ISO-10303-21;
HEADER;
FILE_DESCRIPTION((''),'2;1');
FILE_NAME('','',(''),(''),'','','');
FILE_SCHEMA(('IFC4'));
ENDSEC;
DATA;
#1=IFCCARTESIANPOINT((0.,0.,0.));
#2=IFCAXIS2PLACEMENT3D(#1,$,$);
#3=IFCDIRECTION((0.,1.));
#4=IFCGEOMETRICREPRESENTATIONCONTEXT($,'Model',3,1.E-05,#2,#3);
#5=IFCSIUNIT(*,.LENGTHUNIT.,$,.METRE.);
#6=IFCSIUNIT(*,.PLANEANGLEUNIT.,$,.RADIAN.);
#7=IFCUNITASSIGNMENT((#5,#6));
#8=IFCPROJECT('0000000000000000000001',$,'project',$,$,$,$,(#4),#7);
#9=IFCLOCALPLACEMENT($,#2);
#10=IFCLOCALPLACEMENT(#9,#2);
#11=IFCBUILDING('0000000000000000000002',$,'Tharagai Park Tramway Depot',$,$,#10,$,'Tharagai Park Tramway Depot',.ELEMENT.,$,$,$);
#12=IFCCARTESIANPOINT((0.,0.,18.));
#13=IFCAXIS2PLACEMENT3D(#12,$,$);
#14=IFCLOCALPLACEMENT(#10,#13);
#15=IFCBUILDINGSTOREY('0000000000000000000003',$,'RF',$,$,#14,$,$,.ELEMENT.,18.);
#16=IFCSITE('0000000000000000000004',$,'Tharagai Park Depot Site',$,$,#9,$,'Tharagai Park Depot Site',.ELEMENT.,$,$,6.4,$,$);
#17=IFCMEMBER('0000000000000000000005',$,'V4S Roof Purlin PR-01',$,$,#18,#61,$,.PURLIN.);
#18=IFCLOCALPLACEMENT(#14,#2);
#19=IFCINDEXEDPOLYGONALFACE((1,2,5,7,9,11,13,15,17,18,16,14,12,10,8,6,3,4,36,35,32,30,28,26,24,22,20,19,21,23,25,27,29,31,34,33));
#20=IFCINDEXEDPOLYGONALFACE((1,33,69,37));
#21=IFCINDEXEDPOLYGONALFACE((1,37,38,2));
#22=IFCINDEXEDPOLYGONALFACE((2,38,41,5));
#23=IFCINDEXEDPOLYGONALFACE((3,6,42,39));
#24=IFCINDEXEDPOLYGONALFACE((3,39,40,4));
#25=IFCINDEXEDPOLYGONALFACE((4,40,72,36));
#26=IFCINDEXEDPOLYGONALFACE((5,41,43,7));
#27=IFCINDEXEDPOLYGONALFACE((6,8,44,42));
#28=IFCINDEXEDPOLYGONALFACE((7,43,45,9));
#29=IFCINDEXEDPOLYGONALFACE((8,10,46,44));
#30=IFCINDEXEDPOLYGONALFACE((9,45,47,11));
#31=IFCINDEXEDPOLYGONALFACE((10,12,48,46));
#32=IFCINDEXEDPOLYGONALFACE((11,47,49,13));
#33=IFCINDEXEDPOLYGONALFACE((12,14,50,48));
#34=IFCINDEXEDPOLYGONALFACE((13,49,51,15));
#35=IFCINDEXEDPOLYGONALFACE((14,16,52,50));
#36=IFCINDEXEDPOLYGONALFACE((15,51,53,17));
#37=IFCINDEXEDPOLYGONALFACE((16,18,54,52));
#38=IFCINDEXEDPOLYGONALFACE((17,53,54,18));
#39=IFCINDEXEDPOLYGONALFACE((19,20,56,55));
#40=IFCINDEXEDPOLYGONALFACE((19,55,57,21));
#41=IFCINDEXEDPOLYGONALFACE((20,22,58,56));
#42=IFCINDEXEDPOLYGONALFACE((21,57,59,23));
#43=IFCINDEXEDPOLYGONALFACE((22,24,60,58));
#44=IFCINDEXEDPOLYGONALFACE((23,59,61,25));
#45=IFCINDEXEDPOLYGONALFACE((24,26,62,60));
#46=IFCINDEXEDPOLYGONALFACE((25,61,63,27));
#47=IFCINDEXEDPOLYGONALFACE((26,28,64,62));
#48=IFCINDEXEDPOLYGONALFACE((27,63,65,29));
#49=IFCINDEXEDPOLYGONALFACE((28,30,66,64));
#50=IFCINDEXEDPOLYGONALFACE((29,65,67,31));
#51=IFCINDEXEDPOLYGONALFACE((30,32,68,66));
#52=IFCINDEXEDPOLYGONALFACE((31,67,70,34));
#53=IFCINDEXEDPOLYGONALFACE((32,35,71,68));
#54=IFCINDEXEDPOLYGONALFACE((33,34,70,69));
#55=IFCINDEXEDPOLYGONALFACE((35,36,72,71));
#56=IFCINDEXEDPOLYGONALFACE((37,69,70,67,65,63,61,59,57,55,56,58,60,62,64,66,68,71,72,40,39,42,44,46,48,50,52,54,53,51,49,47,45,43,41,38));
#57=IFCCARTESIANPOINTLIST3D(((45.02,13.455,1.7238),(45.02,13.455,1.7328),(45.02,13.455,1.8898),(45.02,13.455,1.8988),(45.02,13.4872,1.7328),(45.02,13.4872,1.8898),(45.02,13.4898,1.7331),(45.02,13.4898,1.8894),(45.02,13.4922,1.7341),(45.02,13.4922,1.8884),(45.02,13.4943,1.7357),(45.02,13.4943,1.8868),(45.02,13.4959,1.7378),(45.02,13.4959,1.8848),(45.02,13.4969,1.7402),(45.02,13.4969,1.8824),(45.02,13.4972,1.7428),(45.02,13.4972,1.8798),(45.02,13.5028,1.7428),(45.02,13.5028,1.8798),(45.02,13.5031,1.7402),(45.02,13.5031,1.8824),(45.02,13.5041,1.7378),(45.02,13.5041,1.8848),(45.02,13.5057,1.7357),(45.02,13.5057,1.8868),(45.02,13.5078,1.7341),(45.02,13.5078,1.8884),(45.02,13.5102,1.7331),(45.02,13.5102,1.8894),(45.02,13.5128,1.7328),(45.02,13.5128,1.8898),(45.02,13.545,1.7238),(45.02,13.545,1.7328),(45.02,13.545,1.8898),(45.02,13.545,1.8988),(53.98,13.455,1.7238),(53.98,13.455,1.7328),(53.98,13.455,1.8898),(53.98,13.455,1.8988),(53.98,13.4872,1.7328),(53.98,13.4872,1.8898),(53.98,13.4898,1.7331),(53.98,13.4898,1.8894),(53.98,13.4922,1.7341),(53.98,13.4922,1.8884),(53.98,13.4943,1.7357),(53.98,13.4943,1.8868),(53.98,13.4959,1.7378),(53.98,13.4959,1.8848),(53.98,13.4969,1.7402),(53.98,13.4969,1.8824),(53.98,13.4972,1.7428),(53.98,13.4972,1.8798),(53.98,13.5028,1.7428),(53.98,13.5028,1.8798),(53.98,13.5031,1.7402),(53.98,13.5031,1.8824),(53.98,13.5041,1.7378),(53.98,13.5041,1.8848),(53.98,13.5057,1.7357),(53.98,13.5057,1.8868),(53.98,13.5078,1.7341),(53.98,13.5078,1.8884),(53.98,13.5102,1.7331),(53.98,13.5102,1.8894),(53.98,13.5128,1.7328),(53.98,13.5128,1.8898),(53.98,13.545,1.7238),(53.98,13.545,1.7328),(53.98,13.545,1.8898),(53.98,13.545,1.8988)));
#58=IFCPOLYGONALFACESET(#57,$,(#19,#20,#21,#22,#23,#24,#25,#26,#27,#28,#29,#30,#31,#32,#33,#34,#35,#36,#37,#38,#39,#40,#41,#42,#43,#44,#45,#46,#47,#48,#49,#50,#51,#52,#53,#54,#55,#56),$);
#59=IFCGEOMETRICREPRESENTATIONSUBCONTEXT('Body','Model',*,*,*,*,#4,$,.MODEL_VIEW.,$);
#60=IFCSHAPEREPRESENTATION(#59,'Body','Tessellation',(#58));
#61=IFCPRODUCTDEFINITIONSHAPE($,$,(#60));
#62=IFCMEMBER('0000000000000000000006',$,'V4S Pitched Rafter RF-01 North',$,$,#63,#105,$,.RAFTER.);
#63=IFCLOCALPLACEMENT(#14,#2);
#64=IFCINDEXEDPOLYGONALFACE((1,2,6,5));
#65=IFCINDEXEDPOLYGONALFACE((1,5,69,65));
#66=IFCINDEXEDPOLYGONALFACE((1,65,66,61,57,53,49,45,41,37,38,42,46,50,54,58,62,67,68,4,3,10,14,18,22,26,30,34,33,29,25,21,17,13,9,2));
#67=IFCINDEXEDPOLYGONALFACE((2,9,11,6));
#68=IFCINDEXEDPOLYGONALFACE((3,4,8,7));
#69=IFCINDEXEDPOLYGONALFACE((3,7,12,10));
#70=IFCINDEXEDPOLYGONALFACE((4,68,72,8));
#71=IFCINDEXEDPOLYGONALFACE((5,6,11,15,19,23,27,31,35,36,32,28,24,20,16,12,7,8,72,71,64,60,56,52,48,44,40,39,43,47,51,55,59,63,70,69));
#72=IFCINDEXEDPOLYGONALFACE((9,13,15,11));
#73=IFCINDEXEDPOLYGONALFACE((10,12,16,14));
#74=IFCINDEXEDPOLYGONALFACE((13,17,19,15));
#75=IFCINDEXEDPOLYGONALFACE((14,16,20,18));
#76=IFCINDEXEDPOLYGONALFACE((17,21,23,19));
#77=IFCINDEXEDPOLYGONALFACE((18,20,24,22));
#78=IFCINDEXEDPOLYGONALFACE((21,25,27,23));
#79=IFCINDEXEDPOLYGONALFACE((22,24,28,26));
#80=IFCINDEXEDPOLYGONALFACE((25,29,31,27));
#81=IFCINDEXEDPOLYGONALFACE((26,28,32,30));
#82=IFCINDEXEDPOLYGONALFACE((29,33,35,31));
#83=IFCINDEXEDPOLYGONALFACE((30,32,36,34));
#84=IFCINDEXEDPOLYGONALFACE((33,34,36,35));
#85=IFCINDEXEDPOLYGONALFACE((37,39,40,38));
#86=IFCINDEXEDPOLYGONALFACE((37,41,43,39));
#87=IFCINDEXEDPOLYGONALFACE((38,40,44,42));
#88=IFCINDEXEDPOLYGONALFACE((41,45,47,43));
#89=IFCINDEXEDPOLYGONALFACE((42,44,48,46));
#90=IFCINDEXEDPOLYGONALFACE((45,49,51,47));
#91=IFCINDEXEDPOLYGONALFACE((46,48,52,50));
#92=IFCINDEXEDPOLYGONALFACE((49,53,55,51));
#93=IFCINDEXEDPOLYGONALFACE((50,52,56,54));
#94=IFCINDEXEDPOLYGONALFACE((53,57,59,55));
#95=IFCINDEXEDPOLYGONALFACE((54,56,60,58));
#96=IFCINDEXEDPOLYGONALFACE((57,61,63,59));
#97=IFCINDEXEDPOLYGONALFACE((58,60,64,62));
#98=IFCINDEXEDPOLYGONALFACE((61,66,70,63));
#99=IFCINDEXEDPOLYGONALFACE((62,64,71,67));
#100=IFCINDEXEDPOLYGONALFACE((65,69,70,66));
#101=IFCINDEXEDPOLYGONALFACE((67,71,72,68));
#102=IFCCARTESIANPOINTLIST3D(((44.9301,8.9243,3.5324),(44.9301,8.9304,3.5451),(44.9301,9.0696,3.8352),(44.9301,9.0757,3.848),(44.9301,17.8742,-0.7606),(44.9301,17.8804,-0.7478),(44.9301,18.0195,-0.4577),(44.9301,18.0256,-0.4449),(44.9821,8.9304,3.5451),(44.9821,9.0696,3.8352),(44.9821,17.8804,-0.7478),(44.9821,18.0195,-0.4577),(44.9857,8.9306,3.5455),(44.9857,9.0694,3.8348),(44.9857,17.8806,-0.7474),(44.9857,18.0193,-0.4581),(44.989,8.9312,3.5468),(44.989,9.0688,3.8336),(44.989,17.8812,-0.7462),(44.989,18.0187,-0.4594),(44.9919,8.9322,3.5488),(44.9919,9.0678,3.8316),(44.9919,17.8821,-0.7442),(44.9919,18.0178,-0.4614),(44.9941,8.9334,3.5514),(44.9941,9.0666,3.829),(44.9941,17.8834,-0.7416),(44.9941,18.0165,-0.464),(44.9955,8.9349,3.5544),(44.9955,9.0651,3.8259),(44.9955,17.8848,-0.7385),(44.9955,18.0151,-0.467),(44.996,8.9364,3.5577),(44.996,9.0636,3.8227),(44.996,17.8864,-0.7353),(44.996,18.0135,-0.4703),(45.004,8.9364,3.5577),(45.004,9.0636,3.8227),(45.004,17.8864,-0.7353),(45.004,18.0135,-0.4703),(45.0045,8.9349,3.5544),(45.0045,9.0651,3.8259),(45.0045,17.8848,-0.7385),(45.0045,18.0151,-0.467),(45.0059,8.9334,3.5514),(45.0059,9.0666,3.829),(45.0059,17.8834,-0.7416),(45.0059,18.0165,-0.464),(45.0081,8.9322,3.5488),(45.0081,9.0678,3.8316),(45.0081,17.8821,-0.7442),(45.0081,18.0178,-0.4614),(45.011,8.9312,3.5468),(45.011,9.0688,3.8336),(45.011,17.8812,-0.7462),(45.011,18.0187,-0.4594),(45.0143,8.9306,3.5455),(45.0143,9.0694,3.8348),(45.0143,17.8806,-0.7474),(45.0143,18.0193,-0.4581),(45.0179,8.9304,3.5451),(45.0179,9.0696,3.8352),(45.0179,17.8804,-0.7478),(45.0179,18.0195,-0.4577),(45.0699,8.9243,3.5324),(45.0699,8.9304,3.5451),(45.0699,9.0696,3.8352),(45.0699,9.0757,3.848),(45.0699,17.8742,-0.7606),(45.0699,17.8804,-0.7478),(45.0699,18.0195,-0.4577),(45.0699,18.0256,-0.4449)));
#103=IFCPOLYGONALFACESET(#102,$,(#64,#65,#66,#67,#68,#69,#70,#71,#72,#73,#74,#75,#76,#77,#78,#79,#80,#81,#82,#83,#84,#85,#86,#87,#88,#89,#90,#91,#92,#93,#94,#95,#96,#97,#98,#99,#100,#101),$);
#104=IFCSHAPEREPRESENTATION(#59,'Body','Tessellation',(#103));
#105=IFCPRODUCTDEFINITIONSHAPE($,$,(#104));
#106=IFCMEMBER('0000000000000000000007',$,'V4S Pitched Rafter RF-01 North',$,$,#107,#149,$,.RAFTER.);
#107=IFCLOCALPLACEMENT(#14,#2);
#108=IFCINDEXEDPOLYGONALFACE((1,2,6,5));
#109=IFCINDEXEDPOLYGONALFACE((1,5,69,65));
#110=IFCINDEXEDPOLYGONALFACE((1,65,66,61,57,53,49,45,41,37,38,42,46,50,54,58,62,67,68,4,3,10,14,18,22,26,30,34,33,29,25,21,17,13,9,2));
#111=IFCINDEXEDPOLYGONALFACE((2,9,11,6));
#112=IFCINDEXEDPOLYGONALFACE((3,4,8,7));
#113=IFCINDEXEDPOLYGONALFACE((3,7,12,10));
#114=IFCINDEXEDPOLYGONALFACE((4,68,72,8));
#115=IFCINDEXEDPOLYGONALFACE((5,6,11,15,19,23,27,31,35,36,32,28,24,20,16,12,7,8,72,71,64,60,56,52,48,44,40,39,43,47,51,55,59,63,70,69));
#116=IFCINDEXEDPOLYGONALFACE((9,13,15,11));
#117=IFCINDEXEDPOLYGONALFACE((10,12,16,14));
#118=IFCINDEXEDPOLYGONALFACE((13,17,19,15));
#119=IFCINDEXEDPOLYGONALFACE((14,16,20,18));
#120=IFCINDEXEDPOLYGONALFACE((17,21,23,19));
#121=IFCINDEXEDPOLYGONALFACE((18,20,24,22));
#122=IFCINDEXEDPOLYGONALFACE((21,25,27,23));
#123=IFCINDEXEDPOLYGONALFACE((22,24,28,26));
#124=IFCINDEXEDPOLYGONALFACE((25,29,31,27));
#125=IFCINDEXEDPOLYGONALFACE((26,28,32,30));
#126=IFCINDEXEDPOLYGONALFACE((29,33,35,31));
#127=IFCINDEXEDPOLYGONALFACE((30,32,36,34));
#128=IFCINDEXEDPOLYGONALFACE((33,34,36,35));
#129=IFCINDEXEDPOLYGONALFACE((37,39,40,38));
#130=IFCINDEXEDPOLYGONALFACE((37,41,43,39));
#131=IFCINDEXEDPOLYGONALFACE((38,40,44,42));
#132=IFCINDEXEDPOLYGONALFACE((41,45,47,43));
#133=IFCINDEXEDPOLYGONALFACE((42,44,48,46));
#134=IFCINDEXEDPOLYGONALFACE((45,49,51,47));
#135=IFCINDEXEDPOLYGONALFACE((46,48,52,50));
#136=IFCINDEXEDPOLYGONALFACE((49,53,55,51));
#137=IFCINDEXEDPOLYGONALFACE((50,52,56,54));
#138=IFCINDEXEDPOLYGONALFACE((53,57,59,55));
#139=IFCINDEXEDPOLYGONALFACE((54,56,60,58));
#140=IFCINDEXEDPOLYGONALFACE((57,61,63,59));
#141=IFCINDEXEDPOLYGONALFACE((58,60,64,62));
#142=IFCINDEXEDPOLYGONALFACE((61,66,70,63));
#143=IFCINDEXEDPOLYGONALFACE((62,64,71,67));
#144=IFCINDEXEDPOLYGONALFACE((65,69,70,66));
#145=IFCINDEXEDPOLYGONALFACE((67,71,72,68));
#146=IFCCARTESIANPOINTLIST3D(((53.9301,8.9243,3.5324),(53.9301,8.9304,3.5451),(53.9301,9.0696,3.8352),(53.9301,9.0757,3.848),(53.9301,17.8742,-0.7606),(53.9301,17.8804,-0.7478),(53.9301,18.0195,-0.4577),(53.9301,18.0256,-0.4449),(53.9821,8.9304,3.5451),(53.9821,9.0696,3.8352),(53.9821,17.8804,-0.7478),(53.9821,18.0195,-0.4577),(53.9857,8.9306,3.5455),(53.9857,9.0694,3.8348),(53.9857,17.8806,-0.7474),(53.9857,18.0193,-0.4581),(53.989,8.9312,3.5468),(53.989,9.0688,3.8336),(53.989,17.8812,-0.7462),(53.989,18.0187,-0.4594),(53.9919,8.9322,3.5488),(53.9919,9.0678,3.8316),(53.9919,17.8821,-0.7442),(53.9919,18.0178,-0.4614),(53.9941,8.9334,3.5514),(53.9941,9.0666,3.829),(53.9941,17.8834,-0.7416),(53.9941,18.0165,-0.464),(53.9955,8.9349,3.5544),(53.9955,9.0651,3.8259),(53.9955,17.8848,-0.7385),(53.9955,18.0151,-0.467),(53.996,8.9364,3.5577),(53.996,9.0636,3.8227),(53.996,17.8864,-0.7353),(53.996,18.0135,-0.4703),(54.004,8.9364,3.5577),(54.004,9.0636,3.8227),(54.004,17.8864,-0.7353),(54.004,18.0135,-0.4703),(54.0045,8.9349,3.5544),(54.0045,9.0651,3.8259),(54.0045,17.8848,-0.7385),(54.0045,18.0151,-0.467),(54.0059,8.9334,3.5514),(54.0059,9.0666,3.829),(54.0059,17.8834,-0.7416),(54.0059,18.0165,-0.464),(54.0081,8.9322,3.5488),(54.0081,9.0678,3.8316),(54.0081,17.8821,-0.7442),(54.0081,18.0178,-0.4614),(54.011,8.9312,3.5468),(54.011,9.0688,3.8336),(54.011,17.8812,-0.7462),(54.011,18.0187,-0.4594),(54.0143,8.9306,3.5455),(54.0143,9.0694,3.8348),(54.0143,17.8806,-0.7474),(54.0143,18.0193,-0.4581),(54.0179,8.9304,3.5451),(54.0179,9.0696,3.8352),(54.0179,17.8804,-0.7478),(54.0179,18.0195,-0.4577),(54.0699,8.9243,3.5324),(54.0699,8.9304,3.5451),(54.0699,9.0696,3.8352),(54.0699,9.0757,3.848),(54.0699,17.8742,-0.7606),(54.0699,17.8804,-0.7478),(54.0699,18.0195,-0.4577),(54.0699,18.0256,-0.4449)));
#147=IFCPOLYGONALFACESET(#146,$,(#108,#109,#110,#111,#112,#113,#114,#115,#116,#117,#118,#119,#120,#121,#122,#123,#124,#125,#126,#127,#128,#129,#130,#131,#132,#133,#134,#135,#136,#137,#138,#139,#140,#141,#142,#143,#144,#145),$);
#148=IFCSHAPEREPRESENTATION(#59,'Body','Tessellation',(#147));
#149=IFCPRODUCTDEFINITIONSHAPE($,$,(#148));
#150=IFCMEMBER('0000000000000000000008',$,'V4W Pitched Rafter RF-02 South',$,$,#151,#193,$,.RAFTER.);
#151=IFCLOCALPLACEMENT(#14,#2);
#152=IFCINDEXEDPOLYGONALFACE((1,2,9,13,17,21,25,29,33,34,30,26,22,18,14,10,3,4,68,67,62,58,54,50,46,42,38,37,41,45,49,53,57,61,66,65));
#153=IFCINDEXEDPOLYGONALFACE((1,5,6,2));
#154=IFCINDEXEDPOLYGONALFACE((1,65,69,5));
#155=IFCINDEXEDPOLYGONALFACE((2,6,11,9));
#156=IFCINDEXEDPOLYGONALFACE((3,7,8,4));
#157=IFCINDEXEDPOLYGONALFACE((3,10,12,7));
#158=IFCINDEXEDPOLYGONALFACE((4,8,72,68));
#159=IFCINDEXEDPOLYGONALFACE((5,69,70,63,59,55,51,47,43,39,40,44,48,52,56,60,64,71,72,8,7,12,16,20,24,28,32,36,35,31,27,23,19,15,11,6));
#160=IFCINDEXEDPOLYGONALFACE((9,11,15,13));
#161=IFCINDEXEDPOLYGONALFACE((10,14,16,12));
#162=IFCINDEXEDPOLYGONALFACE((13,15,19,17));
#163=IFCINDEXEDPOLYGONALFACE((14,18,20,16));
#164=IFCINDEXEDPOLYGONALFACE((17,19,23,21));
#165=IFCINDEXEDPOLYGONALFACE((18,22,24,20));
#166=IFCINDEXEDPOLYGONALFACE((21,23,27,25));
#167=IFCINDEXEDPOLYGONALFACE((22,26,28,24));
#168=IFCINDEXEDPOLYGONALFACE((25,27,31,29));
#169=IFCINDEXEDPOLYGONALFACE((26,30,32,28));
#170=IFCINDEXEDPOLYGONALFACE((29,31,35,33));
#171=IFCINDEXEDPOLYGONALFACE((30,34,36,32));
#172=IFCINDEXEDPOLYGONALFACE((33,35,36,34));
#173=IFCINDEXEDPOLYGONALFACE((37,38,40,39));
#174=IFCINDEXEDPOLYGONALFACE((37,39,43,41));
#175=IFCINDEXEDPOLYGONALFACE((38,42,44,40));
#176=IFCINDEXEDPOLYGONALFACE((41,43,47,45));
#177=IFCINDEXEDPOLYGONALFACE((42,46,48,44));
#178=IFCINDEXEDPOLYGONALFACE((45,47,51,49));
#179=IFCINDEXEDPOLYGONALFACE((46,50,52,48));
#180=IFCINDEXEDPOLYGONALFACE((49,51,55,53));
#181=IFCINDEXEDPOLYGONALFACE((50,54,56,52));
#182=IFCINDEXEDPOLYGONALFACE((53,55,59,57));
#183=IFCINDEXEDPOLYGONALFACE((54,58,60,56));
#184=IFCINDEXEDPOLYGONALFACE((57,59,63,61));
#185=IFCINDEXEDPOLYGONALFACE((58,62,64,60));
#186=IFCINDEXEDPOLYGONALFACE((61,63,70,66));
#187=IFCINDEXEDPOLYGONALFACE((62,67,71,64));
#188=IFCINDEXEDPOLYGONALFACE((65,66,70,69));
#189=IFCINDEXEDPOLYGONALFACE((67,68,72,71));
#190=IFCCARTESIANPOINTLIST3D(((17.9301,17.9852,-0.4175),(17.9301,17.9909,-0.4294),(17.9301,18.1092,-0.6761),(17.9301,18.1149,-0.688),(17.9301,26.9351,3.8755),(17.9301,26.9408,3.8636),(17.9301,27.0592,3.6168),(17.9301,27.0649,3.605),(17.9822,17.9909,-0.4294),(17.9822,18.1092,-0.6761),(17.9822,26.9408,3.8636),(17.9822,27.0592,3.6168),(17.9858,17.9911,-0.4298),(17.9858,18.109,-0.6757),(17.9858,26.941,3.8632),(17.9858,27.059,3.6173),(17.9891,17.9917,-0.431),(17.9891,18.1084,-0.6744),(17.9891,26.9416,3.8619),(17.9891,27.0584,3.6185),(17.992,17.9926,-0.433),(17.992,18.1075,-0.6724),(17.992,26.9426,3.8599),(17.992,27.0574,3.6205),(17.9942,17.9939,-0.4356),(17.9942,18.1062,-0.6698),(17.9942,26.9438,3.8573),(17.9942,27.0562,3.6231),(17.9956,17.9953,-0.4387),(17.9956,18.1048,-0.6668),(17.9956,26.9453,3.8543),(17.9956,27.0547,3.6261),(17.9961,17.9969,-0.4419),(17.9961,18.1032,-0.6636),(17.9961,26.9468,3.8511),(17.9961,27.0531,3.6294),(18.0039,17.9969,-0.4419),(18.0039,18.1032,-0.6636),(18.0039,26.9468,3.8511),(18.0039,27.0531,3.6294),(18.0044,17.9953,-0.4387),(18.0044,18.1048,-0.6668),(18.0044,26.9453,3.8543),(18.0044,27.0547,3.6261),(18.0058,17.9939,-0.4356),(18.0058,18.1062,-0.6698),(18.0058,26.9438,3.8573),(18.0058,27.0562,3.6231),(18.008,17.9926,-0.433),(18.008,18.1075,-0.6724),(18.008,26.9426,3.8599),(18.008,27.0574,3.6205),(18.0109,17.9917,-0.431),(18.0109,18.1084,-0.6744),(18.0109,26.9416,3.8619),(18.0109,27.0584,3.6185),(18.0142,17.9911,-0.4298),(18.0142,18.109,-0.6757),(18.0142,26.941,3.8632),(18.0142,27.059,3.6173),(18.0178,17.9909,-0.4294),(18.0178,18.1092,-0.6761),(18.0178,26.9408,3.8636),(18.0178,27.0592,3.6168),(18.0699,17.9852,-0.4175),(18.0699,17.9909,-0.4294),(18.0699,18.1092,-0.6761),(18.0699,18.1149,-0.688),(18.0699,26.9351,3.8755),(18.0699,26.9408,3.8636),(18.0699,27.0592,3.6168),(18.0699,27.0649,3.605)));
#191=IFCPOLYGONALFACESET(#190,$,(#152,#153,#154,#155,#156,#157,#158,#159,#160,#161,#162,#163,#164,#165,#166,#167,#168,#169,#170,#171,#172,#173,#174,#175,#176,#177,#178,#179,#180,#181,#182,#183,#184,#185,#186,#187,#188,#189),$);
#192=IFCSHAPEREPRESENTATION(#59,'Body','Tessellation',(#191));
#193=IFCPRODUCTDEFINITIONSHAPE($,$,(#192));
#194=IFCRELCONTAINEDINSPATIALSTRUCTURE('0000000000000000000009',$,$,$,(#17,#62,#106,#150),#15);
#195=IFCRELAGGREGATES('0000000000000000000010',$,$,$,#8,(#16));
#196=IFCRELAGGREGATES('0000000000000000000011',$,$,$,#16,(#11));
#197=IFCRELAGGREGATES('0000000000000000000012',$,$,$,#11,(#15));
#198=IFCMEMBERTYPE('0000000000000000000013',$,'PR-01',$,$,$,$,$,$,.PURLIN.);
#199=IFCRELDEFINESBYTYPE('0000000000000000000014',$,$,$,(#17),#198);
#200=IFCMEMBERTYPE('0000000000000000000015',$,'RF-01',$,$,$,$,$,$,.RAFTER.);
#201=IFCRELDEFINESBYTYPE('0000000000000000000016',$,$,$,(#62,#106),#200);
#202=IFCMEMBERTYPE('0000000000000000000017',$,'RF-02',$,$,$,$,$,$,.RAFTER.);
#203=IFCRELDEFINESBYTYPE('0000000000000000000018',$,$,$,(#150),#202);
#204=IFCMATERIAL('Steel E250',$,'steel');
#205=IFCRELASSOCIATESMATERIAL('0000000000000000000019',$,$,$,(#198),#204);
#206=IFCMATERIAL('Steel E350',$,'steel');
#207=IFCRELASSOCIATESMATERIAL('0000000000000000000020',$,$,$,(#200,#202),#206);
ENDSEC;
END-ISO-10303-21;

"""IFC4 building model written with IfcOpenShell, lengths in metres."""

from ifc_helpers import new_model, si_unit, direction, frame, origin, origin_2d, place, context, subcontext, project, spatial, i_section, extrude, material, material_profile, profile_set, type_object, element, save


model = new_model("IFC4")

# Units and contexts
model_context = context("Model", 3, precision=1e-05, world=origin(), true_north=direction((0.0, 1.0)))
body_context = subcontext(model_context, "Body", "Model", "MODEL_VIEW")
ifc_project = project(units=[si_unit("LENGTHUNIT", "METRE"), si_unit("PLANEANGLEUNIT", "RADIAN")], contexts=[model_context])

# Site, building, storey
site_placement = place(None, origin())
site = spatial("IfcSite", under=ifc_project, at=site_placement, Name="Tharagai Park Depot Site", LongName="Tharagai Park Depot Site", CompositionType="ELEMENT", RefElevation=6.4)
building_placement = place(site_placement, origin())
building = spatial("IfcBuilding", under=site, at=building_placement, Name="Tharagai Park Tramway Depot", LongName="Tharagai Park Tramway Depot", CompositionType="ELEMENT")
storey_placement = place(building_placement, frame((0.0, 0.0, 18.0)))
storey = spatial("IfcBuildingStorey", under=building, at=storey_placement, Name="RF", CompositionType="ELEMENT", Elevation=18.0)

# Shared definitions
ifc_material_1 = material(Name="Steel E350", Category="steel")

# Members
ifc_material_2 = material(Name="Steel E250", Category="steel")
ifc_material_profile_1 = material_profile(ifc_material_2, i_section(OverallWidth=0.0901, OverallDepth=0.175, WebThickness=0.0056, FlangeThickness=0.009, FilletRadius=0.01, at=origin_2d()), Name="ISMB 175")
ifc_profile_set_1 = profile_set([ifc_material_profile_1], Name="Steel E250")
member_type_1 = type_object("IfcMemberType", Name="PR-01", PredefinedType="PURLIN", material=ifc_profile_set_1)
for number, where, z_axis, x_axis, name in (
    (1, (45.02, 13.5, 1.8113), (1.0, 0.0, 0.0), (0.0, 1.0, 0.0), "V4S Roof Purlin PR-01"),
):
    element("IfcMember", number, at=place(storey_placement, frame(where, z_axis=z_axis, x_axis=x_axis)), inside=storey, type_object=member_type_1, Name=name, PredefinedType="PURLIN", context=body_context, shape_type="SweptSolid", body=[
        extrude(i_section(OverallWidth=0.0901, OverallDepth=0.175, WebThickness=0.0056, FlangeThickness=0.009, FilletRadius=0.01, at=origin_2d()), origin(), (0.0, 0.0, 1.0), 8.96),
    ])
ifc_material_profile_2 = material_profile(ifc_material_1, i_section(OverallWidth=0.1399, OverallDepth=0.3501, WebThickness=0.0081, FlangeThickness=0.0142, FilletRadius=0.0139, at=origin_2d()), Name="ISMB 350")
ifc_profile_set_2 = profile_set([ifc_material_profile_2], Name="Steel E350")
member_type_2 = type_object("IfcMemberType", Name="RF-01", PredefinedType="RAFTER", material=ifc_profile_set_2)
for number, where, z_axis, x_axis, name in (
    (2, (45.0, 9.0, 3.6902), (0.0, 0.901641, -0.432485), (-1.0, 0.0, 0.0), "V4S Pitched Rafter RF-01 North"),
    (3, (54.0, 9.0, 3.6902), (0.0, 0.901641, -0.432485), (-1.0, 0.0, 0.0), "V4S Pitched Rafter RF-01 North"),
):
    element("IfcMember", number, at=place(storey_placement, frame(where, z_axis=z_axis, x_axis=x_axis)), inside=storey, type_object=member_type_2, Name=name, PredefinedType="RAFTER", context=body_context, shape_type="SweptSolid", body=[
        extrude(i_section(OverallWidth=0.1399, OverallDepth=0.3501, WebThickness=0.0081, FlangeThickness=0.0142, FilletRadius=0.0139, at=origin_2d()), origin(), (0.0, 0.0, 1.0), 9.9263),
    ])
ifc_material_profile_3 = material_profile(ifc_material_1, i_section(OverallWidth=0.1399, OverallDepth=0.3, WebThickness=0.0078, FlangeThickness=0.0132, FilletRadius=0.0139, at=origin_2d()), Name="ISMB 300")
ifc_profile_set_3 = profile_set([ifc_material_profile_3], Name="Steel E350")
member_type_3 = type_object("IfcMemberType", Name="RF-02", PredefinedType="RAFTER", material=ifc_profile_set_3)
for number, where, z_axis, x_axis, name in (
    (4, (18.0, 18.05, -0.5527), (0.0, 0.901641, 0.432485), (-1.0, 0.0, 0.0), "V4W Pitched Rafter RF-02 South"),
):
    element("IfcMember", number, at=place(storey_placement, frame(where, z_axis=z_axis, x_axis=x_axis)), inside=storey, type_object=member_type_3, Name=name, PredefinedType="RAFTER", context=body_context, shape_type="SweptSolid", body=[
        extrude(i_section(OverallWidth=0.1399, OverallDepth=0.3, WebThickness=0.0078, FlangeThickness=0.0132, FilletRadius=0.0139, at=origin_2d()), origin(), (0.0, 0.0, 1.0), 9.9263),
    ])

save(model, "model.ifc")
